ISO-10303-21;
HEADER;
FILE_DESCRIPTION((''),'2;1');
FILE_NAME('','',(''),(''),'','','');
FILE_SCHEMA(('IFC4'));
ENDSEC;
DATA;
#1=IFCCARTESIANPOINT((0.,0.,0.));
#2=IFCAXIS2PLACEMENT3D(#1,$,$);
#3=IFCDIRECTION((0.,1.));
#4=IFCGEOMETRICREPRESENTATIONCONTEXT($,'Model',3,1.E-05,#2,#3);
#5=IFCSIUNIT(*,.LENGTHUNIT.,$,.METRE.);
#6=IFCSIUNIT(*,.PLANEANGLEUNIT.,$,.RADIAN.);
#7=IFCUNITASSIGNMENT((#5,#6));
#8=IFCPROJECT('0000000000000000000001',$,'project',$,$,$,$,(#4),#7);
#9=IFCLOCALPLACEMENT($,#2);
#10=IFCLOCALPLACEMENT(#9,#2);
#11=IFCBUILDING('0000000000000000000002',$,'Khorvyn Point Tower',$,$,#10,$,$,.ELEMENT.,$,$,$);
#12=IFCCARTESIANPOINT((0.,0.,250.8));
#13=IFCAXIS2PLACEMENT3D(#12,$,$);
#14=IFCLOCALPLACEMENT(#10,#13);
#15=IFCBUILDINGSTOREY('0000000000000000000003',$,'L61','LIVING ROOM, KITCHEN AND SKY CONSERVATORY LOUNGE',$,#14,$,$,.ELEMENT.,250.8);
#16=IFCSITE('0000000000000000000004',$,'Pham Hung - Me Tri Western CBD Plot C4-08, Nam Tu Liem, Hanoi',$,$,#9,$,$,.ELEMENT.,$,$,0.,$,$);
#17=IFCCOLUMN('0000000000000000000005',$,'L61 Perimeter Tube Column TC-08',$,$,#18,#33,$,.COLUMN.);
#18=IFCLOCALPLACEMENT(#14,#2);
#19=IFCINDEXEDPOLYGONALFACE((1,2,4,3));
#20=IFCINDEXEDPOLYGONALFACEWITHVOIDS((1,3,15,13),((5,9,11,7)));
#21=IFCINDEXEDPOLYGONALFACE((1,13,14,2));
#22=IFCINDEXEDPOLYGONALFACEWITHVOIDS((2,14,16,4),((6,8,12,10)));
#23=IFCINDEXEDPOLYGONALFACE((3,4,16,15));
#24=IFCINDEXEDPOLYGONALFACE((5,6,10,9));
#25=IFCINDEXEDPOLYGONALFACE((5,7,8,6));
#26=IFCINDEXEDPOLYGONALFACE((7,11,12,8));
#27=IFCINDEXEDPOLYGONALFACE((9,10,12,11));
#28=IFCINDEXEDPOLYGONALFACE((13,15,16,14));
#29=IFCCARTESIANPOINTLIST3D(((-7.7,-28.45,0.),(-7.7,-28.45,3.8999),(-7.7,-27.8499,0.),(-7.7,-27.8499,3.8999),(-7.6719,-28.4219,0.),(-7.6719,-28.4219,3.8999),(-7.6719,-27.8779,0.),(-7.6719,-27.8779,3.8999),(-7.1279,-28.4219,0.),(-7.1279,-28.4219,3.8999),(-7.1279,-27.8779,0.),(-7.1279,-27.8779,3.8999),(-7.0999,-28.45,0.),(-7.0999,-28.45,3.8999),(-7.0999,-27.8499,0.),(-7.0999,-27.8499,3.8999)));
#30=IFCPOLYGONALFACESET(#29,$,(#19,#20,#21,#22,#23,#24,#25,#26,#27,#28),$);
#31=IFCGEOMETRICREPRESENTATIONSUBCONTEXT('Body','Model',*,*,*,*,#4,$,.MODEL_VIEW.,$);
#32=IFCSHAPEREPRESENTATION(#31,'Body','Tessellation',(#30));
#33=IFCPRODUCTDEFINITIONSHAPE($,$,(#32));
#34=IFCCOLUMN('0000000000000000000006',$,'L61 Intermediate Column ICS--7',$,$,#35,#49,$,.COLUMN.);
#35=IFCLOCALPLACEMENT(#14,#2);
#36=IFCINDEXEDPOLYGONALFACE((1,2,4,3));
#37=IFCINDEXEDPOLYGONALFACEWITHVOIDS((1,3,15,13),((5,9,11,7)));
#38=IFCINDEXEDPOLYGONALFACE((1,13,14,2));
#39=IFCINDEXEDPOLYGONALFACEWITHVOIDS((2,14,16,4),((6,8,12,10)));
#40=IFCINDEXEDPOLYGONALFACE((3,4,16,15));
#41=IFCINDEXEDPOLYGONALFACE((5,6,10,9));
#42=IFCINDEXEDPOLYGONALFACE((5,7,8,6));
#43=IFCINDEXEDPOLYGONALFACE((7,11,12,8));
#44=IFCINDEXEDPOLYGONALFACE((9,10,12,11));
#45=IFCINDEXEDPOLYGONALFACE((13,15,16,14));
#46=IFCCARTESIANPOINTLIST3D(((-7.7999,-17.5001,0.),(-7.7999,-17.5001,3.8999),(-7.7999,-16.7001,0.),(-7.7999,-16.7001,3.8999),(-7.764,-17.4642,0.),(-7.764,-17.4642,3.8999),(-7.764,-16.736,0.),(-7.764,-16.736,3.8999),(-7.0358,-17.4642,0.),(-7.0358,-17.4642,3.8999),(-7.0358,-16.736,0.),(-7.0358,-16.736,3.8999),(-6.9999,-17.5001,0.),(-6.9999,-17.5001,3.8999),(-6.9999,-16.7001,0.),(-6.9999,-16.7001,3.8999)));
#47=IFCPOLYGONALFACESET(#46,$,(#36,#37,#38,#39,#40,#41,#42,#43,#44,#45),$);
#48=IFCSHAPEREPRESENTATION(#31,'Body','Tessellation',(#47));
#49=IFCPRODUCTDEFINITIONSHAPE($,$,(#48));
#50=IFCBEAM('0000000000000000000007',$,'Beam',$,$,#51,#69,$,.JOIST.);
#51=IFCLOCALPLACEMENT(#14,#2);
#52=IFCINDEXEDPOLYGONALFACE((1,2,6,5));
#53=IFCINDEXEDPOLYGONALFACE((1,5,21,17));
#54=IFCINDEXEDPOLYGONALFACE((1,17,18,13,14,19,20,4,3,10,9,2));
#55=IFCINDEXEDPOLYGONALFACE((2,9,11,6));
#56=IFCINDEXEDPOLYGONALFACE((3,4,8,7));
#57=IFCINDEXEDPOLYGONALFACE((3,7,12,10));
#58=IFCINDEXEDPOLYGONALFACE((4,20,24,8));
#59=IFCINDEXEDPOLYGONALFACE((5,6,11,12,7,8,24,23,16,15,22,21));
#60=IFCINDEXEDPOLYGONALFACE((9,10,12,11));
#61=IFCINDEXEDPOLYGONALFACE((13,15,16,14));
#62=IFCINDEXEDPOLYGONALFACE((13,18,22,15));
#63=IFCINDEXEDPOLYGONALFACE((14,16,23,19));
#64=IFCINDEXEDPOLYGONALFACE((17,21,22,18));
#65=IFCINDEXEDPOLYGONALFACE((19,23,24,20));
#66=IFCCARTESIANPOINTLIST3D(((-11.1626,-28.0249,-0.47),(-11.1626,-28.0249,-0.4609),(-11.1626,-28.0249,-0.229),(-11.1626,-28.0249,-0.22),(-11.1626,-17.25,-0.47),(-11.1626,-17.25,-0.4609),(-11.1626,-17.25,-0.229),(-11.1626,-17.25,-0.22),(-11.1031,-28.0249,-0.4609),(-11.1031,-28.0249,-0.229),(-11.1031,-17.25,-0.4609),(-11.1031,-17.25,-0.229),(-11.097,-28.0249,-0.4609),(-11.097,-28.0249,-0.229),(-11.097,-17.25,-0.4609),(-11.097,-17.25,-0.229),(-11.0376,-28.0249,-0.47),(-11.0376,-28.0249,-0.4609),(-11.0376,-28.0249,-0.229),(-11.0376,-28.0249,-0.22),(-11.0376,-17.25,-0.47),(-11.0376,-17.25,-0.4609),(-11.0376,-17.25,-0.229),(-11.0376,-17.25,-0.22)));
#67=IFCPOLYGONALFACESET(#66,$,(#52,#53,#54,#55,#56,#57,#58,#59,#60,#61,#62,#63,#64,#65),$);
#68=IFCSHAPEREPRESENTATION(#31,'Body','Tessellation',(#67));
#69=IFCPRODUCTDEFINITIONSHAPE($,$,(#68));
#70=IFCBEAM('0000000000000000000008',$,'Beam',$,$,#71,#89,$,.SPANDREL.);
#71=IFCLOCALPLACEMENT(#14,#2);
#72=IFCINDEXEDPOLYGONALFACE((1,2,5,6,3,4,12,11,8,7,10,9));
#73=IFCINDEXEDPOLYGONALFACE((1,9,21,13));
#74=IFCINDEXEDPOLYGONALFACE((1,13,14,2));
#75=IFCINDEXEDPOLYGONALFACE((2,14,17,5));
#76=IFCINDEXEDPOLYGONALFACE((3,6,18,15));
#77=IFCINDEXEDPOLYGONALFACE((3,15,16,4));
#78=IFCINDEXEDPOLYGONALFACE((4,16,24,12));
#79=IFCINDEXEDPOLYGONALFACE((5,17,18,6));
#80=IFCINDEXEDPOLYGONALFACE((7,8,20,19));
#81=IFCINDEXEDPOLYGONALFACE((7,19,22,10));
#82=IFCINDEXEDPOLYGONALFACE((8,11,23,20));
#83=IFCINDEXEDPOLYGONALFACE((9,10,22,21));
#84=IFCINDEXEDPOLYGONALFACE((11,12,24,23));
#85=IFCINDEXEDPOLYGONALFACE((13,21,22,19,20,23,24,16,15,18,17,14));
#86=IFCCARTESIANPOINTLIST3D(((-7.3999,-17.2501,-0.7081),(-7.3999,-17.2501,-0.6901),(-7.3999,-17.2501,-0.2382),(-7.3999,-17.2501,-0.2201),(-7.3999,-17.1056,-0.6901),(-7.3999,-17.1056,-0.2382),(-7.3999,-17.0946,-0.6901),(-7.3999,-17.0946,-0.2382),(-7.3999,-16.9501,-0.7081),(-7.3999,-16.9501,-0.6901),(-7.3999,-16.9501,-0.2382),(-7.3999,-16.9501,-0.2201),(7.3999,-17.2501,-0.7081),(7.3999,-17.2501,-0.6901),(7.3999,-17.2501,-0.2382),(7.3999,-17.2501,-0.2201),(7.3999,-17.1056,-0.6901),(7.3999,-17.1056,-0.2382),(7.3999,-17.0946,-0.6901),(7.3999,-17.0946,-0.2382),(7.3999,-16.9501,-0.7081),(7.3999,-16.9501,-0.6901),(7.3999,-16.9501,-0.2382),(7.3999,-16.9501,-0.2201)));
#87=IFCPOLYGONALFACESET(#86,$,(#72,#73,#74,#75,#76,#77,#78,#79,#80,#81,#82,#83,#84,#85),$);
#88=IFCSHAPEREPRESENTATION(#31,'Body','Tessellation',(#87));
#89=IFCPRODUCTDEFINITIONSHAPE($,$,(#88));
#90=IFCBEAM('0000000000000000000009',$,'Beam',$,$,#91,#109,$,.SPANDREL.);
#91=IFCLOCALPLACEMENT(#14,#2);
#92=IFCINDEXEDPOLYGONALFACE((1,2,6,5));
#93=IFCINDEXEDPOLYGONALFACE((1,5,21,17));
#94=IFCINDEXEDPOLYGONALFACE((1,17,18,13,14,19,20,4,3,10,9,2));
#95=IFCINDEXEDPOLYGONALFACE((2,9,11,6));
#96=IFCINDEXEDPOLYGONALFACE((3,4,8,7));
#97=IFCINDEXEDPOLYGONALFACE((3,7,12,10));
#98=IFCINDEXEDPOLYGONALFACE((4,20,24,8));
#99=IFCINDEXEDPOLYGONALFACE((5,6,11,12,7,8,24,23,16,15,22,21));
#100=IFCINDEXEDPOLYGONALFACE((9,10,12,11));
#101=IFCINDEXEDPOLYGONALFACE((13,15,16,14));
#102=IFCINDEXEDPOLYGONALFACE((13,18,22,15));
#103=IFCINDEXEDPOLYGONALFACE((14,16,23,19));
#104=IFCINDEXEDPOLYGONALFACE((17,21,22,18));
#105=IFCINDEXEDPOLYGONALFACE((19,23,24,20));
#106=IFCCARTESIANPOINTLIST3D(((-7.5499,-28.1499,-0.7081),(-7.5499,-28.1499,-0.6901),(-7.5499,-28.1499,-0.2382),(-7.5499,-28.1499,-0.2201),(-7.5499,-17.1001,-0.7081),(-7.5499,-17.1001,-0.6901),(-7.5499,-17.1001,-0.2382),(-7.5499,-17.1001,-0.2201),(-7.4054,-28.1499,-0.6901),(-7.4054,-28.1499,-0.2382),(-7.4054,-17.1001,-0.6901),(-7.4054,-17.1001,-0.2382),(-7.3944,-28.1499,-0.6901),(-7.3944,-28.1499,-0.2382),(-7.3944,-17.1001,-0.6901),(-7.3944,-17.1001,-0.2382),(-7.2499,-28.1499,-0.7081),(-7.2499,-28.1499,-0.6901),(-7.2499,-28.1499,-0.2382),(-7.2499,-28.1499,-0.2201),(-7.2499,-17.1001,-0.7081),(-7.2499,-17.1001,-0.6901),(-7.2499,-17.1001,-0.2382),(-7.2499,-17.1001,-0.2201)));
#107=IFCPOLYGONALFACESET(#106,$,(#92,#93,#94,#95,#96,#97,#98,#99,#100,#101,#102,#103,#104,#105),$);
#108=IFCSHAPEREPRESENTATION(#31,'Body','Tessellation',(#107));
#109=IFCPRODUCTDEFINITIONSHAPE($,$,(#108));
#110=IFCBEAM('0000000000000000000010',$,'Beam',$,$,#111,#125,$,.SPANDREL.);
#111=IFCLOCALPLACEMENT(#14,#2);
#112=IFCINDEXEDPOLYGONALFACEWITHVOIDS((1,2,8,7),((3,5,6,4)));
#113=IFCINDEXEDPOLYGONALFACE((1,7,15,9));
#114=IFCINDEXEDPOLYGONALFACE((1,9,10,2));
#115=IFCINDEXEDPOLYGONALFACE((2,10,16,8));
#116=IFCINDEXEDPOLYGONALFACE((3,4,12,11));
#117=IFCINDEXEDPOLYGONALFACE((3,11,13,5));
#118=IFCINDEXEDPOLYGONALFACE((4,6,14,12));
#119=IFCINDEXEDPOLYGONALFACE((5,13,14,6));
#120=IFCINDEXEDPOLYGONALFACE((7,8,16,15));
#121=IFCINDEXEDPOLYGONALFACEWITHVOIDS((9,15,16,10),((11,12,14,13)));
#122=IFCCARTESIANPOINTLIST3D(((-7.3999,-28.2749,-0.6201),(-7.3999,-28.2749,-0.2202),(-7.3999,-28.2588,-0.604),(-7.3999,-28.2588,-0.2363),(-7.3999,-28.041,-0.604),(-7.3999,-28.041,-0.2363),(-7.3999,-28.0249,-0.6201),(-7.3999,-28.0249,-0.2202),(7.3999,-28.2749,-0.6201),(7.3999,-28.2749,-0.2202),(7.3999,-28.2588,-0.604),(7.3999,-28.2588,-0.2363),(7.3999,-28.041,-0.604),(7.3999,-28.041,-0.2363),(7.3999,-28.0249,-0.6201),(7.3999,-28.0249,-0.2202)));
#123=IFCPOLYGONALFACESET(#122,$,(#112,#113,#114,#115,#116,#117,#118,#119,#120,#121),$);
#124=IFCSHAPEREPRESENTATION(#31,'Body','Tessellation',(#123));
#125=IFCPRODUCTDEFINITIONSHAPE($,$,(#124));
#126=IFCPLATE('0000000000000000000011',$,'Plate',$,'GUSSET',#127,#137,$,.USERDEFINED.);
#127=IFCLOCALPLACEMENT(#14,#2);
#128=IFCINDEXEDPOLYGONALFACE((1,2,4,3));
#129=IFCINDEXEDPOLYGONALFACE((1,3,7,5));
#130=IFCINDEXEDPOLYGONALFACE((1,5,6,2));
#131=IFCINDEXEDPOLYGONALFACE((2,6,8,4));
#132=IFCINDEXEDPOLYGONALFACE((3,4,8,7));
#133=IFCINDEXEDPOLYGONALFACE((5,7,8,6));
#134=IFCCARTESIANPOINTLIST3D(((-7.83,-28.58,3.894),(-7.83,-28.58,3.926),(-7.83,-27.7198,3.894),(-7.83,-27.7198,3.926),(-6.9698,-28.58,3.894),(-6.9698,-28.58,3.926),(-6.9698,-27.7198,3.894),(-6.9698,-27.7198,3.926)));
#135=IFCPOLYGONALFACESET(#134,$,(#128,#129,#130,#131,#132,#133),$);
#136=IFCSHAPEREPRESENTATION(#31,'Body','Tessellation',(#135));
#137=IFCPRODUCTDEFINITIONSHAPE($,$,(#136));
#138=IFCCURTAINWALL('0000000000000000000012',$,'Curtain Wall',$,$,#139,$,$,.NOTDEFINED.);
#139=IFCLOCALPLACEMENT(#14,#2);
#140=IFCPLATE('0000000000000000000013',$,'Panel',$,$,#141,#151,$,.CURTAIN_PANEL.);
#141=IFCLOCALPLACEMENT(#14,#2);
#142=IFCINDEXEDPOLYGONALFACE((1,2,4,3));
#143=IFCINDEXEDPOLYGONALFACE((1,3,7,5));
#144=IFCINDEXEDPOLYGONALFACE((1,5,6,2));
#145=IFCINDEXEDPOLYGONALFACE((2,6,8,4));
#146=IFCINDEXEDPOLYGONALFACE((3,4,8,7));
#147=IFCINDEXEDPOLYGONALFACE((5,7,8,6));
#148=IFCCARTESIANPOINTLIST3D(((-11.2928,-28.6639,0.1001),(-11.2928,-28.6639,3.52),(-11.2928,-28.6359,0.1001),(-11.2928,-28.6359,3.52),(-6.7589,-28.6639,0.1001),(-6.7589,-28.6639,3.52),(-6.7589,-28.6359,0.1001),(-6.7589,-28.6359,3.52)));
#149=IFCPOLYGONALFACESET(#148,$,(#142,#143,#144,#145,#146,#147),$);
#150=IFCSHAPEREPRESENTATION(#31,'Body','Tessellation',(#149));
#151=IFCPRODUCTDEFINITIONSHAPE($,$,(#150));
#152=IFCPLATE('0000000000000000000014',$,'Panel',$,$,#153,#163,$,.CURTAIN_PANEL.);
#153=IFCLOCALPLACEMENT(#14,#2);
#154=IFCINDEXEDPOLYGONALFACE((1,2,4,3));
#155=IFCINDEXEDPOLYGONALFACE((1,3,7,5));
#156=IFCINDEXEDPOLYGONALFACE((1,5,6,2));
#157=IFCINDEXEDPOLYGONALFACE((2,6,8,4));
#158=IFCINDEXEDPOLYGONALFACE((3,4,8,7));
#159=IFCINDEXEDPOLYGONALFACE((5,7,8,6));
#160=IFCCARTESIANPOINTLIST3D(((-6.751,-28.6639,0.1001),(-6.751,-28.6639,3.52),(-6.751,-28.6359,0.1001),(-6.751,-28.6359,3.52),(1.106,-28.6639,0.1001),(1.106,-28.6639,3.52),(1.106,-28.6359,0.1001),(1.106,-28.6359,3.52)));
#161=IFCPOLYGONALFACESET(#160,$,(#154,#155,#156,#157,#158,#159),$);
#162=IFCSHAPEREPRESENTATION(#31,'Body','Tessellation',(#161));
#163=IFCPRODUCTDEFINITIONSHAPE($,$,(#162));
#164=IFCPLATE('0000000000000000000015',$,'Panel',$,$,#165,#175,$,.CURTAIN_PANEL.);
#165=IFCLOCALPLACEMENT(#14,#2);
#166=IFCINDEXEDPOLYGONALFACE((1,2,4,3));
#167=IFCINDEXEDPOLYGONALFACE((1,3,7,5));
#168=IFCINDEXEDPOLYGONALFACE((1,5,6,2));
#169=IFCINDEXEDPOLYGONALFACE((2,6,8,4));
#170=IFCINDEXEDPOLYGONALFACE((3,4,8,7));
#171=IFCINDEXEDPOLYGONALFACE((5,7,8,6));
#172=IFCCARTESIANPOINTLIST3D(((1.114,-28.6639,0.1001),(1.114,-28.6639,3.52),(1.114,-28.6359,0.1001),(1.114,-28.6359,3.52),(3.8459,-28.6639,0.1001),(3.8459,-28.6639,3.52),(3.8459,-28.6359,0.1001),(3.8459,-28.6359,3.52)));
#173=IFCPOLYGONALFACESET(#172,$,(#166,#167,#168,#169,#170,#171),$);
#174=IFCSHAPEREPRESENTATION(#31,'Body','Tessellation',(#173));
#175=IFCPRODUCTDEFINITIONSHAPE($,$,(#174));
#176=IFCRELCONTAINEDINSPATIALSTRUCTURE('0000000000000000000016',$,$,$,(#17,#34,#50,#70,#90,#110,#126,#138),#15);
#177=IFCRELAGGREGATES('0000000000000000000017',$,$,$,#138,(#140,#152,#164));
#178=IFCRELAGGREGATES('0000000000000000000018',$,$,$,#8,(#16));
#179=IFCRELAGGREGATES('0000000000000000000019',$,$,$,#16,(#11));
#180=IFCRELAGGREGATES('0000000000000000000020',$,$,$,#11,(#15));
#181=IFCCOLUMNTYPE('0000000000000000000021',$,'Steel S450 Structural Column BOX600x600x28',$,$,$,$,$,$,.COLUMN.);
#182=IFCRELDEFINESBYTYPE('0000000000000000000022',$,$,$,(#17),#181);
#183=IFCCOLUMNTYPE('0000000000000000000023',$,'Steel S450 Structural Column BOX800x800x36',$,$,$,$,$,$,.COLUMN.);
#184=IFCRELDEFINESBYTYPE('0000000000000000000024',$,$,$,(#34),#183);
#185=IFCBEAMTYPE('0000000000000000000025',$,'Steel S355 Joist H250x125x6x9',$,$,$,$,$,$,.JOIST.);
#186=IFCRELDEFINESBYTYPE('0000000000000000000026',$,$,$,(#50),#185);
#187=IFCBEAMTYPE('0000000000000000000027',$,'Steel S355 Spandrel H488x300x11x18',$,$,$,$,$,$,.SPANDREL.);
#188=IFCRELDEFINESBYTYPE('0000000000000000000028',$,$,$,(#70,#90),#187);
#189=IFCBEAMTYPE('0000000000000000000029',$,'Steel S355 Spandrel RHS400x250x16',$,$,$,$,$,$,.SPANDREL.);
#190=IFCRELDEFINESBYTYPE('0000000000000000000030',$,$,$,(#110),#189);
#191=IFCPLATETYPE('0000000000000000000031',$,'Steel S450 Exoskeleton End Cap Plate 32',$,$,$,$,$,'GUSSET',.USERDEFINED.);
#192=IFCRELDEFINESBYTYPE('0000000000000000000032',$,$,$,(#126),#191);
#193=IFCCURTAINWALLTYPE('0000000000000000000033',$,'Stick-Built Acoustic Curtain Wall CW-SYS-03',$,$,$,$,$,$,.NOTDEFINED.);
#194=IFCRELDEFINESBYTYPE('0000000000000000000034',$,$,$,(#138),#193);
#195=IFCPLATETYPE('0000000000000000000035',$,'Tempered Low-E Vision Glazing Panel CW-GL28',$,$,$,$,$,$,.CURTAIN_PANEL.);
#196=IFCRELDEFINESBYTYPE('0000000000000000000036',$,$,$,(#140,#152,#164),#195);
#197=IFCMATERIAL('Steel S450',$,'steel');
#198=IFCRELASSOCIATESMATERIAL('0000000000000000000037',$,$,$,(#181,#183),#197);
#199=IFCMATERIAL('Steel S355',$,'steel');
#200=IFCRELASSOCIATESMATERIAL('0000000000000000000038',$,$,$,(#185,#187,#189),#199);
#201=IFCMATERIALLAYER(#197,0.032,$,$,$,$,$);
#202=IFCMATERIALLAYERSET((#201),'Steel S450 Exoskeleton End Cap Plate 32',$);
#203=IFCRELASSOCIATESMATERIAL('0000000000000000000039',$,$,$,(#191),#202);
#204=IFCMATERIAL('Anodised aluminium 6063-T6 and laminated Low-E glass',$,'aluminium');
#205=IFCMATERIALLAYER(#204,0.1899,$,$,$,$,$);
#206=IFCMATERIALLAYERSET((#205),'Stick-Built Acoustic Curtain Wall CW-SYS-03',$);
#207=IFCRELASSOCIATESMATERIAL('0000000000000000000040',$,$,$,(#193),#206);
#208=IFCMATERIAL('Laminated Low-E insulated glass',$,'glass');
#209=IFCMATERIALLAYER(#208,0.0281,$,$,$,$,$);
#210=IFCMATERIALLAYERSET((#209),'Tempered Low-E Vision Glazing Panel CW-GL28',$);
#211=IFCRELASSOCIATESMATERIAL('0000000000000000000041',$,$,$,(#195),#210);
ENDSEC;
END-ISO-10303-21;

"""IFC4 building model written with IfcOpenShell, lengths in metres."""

from ifc_helpers import new_model, si_unit, direction, frame, origin, origin_2d, place, context, subcontext, project, spatial, rectangle, hollow_rectangle, i_section, extrude, material, layer, layer_set, material_profile, profile_set, type_object, element, aggregate, save


model = new_model("IFC4")

# Units and contexts
model_context = context("Model", 3, precision=1e-05, world=origin(), true_north=direction((0.0, 1.0)))
body_context = subcontext(model_context, "Body", "Model", "MODEL_VIEW")
ifc_project = project(units=[si_unit("LENGTHUNIT", "METRE"), si_unit("PLANEANGLEUNIT", "RADIAN")], contexts=[model_context])

# Site, building, storey
site_placement = place(None, origin())
site = spatial("IfcSite", under=ifc_project, at=site_placement, Name="Pham Hung - Me Tri Western CBD Plot C4-08, Nam Tu Liem, Hanoi", CompositionType="ELEMENT", RefElevation=0.0)
building_placement = place(site_placement, origin())
building = spatial("IfcBuilding", under=site, at=building_placement, Name="Khorvyn Point Tower", CompositionType="ELEMENT")
storey_placement = place(building_placement, frame((0.0, 0.0, 250.8)))
storey = spatial("IfcBuildingStorey", under=building, at=storey_placement, Name="L61", Description="LIVING ROOM, KITCHEN AND SKY CONSERVATORY LOUNGE", CompositionType="ELEMENT", Elevation=250.8)

# Columns
ifc_material_1 = material(Name="Steel S450", Category="steel")
ifc_material_profile_1 = material_profile(ifc_material_1, hollow_rectangle(XDim=0.6001, YDim=0.6001, WallThickness=0.0281, at=origin_2d()))
ifc_profile_set_1 = profile_set([ifc_material_profile_1], Name="Steel S450 BOX600x600x28")
column_type_1 = type_object("IfcColumnType", Name="Steel S450 Structural Column BOX600x600x28", PredefinedType="COLUMN", material=ifc_profile_set_1)
column_1_placement = place(storey_placement, frame((-7.3999, -28.1499, 0.0), z_axis=(0.0, 0.0, 1.0), x_axis=(1.0, 0.0, 0.0)))
element("IfcColumn", 1, at=column_1_placement, inside=storey, type_object=column_type_1, Name="L61 Perimeter Tube Column TC-08", PredefinedType="COLUMN", context=body_context, shape_type="SweptSolid", body=[
    extrude(hollow_rectangle(XDim=0.6001, YDim=0.6001, WallThickness=0.0281, at=origin_2d()), origin(), (0.0, 0.0, 1.0), 3.8999),
])
ifc_material_profile_2 = material_profile(ifc_material_1, hollow_rectangle(XDim=0.8, YDim=0.8, WallThickness=0.0359, at=origin_2d()))
ifc_profile_set_2 = profile_set([ifc_material_profile_2], Name="Steel S450 BOX800x800x36")
column_type_2 = type_object("IfcColumnType", Name="Steel S450 Structural Column BOX800x800x36", PredefinedType="COLUMN", material=ifc_profile_set_2)
column_2_placement = place(storey_placement, frame((-7.3999, -17.1001, 0.0), z_axis=(0.0, 0.0, 1.0), x_axis=(1.0, 0.0, 0.0)))
element("IfcColumn", 2, at=column_2_placement, inside=storey, type_object=column_type_2, Name="L61 Intermediate Column ICS--7", PredefinedType="COLUMN", context=body_context, shape_type="SweptSolid", body=[
    extrude(hollow_rectangle(XDim=0.8, YDim=0.8, WallThickness=0.0359, at=origin_2d()), origin(), (0.0, 0.0, 1.0), 3.8999),
])

# Beams
ifc_material_2 = material(Name="Steel S355", Category="steel")
ifc_material_profile_3 = material_profile(ifc_material_2, i_section(OverallWidth=0.125, OverallDepth=0.25, WebThickness=0.0061, FlangeThickness=0.009, at=origin_2d()))
ifc_profile_set_3 = profile_set([ifc_material_profile_3], Name="Steel S355 H250x125x6x9")
beam_type_1 = type_object("IfcBeamType", Name="Steel S355 Joist H250x125x6x9", PredefinedType="JOIST", material=ifc_profile_set_3)
beam_1_placement = place(storey_placement, frame((-11.1001, -28.0249, -0.345), z_axis=(0.0, 1.0, 0.0), x_axis=(-1.0, 0.0, 0.0)))
element("IfcBeam", 3, at=beam_1_placement, inside=storey, type_object=beam_type_1, Name="Beam", PredefinedType="JOIST", context=body_context, shape_type="SweptSolid", body=[
    extrude(i_section(OverallWidth=0.125, OverallDepth=0.25, WebThickness=0.0061, FlangeThickness=0.009, at=origin_2d()), origin(), (0.0, 0.0, 1.0), 10.7749),
])
ifc_material_profile_4 = material_profile(ifc_material_2, i_section(OverallWidth=0.3, OverallDepth=0.488, WebThickness=0.011, FlangeThickness=0.0181, at=origin_2d()))
ifc_profile_set_4 = profile_set([ifc_material_profile_4], Name="Steel S355 H488x300x11x18")
beam_type_2 = type_object("IfcBeamType", Name="Steel S355 Spandrel H488x300x11x18", PredefinedType="SPANDREL", material=ifc_profile_set_4)
beam_2_placement = place(storey_placement, frame((-7.3999, -17.1001, -0.4641), z_axis=(1.0, 0.0, 0.0), x_axis=(0.0, 1.0, 0.0)))
element("IfcBeam", 4, at=beam_2_placement, inside=storey, type_object=beam_type_2, Name="Beam", PredefinedType="SPANDREL", context=body_context, shape_type="SweptSolid", body=[
    extrude(i_section(OverallWidth=0.3, OverallDepth=0.488, WebThickness=0.011, FlangeThickness=0.0181, at=origin_2d()), origin(), (0.0, 0.0, 1.0), 14.7998),
])
beam_3_placement = place(storey_placement, frame((-7.3999, -28.1499, -0.4641), z_axis=(0.0, 1.0, 0.0), x_axis=(-1.0, 0.0, 0.0)))
element("IfcBeam", 5, at=beam_3_placement, inside=storey, type_object=beam_type_2, Name="Beam", PredefinedType="SPANDREL", context=body_context, shape_type="SweptSolid", body=[
    extrude(i_section(OverallWidth=0.3, OverallDepth=0.488, WebThickness=0.011, FlangeThickness=0.0181, at=origin_2d()), origin(), (0.0, 0.0, 1.0), 11.0498),
])
ifc_material_profile_5 = material_profile(ifc_material_2, hollow_rectangle(XDim=0.25, YDim=0.3999, WallThickness=0.0161, at=origin_2d()))
ifc_profile_set_5 = profile_set([ifc_material_profile_5], Name="Steel S355 RHS400x250x16")
beam_type_3 = type_object("IfcBeamType", Name="Steel S355 Spandrel RHS400x250x16", PredefinedType="SPANDREL", material=ifc_profile_set_5)
beam_4_placement = place(storey_placement, frame((-7.3999, -28.1499, -0.4202), z_axis=(1.0, 0.0, 0.0), x_axis=(0.0, 1.0, 0.0)))
element("IfcBeam", 6, at=beam_4_placement, inside=storey, type_object=beam_type_3, Name="Beam", PredefinedType="SPANDREL", context=body_context, shape_type="SweptSolid", body=[
    extrude(hollow_rectangle(XDim=0.25, YDim=0.3999, WallThickness=0.0161, at=origin_2d()), origin(), (0.0, 0.0, 1.0), 14.7998),
])

# Plate
ifc_layer_1 = layer(ifc_material_1, 0.032)
ifc_layer_set_1 = layer_set([ifc_layer_1], Name="Steel S450 Exoskeleton End Cap Plate 32")
plate_type_1 = type_object("IfcPlateType", Name="Steel S450 Exoskeleton End Cap Plate 32", ElementType="GUSSET", PredefinedType="USERDEFINED", material=ifc_layer_set_1)
plate_1_placement = place(storey_placement, frame((-7.3999, -28.1499, 3.894), z_axis=(0.0, 0.0, 1.0), x_axis=(1.0, 0.0, 0.0)))
element("IfcPlate", 7, at=plate_1_placement, inside=storey, type_object=plate_type_1, Name="Plate", ObjectType="GUSSET", PredefinedType="USERDEFINED", context=body_context, shape_type="SweptSolid", body=[
    extrude(rectangle(XDim=0.8601, YDim=0.8601, at=origin_2d()), origin(), (0.0, 0.0, 1.0), 0.032),
])

# Curtain wall, plates
ifc_material_3 = material(Name="Anodised aluminium 6063-T6 and laminated Low-E glass", Category="aluminium")
ifc_layer_2 = layer(ifc_material_3, 0.1899)
ifc_layer_set_2 = layer_set([ifc_layer_2], Name="Stick-Built Acoustic Curtain Wall CW-SYS-03")
curtain_wall_type = type_object("IfcCurtainWallType", Name="Stick-Built Acoustic Curtain Wall CW-SYS-03", PredefinedType="NOTDEFINED", material=ifc_layer_set_2)
curtain_wall_placement = place(storey_placement, origin())
curtain_wall = element("IfcCurtainWall", 8, at=curtain_wall_placement, inside=storey, type_object=curtain_wall_type, Name="Curtain Wall", PredefinedType="NOTDEFINED")
ifc_material_4 = material(Name="Laminated Low-E insulated glass", Category="glass")
ifc_layer_3 = layer(ifc_material_4, 0.0281)
ifc_layer_set_3 = layer_set([ifc_layer_3], Name="Tempered Low-E Vision Glazing Panel CW-GL28")
plate_type_2 = type_object("IfcPlateType", Name="Tempered Low-E Vision Glazing Panel CW-GL28", PredefinedType="CURTAIN_PANEL", material=ifc_layer_set_3)
plate_2_placement = place(storey_placement, frame((-9.0259, -28.6499, 0.1001), z_axis=(0.0, 0.0, 1.0), x_axis=(-1.0, 0.0, 0.0)))
plate_2 = element("IfcPlate", 9, at=plate_2_placement, type_object=plate_type_2, Name="Panel", PredefinedType="CURTAIN_PANEL", context=body_context, shape_type="SweptSolid", body=[
    extrude(rectangle(XDim=4.5339, YDim=0.0281, at=origin_2d()), origin(), (0.0, 0.0, 1.0), 3.4199),
])
plate_3_placement = place(storey_placement, frame((-2.8225, -28.6499, 0.1001), z_axis=(0.0, 0.0, 1.0), x_axis=(-1.0, 0.0, 0.0)))
plate_3 = element("IfcPlate", 10, at=plate_3_placement, type_object=plate_type_2, Name="Panel", PredefinedType="CURTAIN_PANEL", context=body_context, shape_type="SweptSolid", body=[
    extrude(rectangle(XDim=7.8569, YDim=0.0281, at=origin_2d()), origin(), (0.0, 0.0, 1.0), 3.4199),
])
plate_4_placement = place(storey_placement, frame((2.48, -28.6499, 0.1001), z_axis=(0.0, 0.0, 1.0), x_axis=(-1.0, 0.0, 0.0)))
plate_4 = element("IfcPlate", 11, at=plate_4_placement, type_object=plate_type_2, Name="Panel", PredefinedType="CURTAIN_PANEL", context=body_context, shape_type="SweptSolid", body=[
    extrude(rectangle(XDim=2.7319, YDim=0.0281, at=origin_2d()), origin(), (0.0, 0.0, 1.0), 3.4199),
])
aggregate(curtain_wall, [plate_2, plate_3, plate_4])

save(model, "model.ifc")
